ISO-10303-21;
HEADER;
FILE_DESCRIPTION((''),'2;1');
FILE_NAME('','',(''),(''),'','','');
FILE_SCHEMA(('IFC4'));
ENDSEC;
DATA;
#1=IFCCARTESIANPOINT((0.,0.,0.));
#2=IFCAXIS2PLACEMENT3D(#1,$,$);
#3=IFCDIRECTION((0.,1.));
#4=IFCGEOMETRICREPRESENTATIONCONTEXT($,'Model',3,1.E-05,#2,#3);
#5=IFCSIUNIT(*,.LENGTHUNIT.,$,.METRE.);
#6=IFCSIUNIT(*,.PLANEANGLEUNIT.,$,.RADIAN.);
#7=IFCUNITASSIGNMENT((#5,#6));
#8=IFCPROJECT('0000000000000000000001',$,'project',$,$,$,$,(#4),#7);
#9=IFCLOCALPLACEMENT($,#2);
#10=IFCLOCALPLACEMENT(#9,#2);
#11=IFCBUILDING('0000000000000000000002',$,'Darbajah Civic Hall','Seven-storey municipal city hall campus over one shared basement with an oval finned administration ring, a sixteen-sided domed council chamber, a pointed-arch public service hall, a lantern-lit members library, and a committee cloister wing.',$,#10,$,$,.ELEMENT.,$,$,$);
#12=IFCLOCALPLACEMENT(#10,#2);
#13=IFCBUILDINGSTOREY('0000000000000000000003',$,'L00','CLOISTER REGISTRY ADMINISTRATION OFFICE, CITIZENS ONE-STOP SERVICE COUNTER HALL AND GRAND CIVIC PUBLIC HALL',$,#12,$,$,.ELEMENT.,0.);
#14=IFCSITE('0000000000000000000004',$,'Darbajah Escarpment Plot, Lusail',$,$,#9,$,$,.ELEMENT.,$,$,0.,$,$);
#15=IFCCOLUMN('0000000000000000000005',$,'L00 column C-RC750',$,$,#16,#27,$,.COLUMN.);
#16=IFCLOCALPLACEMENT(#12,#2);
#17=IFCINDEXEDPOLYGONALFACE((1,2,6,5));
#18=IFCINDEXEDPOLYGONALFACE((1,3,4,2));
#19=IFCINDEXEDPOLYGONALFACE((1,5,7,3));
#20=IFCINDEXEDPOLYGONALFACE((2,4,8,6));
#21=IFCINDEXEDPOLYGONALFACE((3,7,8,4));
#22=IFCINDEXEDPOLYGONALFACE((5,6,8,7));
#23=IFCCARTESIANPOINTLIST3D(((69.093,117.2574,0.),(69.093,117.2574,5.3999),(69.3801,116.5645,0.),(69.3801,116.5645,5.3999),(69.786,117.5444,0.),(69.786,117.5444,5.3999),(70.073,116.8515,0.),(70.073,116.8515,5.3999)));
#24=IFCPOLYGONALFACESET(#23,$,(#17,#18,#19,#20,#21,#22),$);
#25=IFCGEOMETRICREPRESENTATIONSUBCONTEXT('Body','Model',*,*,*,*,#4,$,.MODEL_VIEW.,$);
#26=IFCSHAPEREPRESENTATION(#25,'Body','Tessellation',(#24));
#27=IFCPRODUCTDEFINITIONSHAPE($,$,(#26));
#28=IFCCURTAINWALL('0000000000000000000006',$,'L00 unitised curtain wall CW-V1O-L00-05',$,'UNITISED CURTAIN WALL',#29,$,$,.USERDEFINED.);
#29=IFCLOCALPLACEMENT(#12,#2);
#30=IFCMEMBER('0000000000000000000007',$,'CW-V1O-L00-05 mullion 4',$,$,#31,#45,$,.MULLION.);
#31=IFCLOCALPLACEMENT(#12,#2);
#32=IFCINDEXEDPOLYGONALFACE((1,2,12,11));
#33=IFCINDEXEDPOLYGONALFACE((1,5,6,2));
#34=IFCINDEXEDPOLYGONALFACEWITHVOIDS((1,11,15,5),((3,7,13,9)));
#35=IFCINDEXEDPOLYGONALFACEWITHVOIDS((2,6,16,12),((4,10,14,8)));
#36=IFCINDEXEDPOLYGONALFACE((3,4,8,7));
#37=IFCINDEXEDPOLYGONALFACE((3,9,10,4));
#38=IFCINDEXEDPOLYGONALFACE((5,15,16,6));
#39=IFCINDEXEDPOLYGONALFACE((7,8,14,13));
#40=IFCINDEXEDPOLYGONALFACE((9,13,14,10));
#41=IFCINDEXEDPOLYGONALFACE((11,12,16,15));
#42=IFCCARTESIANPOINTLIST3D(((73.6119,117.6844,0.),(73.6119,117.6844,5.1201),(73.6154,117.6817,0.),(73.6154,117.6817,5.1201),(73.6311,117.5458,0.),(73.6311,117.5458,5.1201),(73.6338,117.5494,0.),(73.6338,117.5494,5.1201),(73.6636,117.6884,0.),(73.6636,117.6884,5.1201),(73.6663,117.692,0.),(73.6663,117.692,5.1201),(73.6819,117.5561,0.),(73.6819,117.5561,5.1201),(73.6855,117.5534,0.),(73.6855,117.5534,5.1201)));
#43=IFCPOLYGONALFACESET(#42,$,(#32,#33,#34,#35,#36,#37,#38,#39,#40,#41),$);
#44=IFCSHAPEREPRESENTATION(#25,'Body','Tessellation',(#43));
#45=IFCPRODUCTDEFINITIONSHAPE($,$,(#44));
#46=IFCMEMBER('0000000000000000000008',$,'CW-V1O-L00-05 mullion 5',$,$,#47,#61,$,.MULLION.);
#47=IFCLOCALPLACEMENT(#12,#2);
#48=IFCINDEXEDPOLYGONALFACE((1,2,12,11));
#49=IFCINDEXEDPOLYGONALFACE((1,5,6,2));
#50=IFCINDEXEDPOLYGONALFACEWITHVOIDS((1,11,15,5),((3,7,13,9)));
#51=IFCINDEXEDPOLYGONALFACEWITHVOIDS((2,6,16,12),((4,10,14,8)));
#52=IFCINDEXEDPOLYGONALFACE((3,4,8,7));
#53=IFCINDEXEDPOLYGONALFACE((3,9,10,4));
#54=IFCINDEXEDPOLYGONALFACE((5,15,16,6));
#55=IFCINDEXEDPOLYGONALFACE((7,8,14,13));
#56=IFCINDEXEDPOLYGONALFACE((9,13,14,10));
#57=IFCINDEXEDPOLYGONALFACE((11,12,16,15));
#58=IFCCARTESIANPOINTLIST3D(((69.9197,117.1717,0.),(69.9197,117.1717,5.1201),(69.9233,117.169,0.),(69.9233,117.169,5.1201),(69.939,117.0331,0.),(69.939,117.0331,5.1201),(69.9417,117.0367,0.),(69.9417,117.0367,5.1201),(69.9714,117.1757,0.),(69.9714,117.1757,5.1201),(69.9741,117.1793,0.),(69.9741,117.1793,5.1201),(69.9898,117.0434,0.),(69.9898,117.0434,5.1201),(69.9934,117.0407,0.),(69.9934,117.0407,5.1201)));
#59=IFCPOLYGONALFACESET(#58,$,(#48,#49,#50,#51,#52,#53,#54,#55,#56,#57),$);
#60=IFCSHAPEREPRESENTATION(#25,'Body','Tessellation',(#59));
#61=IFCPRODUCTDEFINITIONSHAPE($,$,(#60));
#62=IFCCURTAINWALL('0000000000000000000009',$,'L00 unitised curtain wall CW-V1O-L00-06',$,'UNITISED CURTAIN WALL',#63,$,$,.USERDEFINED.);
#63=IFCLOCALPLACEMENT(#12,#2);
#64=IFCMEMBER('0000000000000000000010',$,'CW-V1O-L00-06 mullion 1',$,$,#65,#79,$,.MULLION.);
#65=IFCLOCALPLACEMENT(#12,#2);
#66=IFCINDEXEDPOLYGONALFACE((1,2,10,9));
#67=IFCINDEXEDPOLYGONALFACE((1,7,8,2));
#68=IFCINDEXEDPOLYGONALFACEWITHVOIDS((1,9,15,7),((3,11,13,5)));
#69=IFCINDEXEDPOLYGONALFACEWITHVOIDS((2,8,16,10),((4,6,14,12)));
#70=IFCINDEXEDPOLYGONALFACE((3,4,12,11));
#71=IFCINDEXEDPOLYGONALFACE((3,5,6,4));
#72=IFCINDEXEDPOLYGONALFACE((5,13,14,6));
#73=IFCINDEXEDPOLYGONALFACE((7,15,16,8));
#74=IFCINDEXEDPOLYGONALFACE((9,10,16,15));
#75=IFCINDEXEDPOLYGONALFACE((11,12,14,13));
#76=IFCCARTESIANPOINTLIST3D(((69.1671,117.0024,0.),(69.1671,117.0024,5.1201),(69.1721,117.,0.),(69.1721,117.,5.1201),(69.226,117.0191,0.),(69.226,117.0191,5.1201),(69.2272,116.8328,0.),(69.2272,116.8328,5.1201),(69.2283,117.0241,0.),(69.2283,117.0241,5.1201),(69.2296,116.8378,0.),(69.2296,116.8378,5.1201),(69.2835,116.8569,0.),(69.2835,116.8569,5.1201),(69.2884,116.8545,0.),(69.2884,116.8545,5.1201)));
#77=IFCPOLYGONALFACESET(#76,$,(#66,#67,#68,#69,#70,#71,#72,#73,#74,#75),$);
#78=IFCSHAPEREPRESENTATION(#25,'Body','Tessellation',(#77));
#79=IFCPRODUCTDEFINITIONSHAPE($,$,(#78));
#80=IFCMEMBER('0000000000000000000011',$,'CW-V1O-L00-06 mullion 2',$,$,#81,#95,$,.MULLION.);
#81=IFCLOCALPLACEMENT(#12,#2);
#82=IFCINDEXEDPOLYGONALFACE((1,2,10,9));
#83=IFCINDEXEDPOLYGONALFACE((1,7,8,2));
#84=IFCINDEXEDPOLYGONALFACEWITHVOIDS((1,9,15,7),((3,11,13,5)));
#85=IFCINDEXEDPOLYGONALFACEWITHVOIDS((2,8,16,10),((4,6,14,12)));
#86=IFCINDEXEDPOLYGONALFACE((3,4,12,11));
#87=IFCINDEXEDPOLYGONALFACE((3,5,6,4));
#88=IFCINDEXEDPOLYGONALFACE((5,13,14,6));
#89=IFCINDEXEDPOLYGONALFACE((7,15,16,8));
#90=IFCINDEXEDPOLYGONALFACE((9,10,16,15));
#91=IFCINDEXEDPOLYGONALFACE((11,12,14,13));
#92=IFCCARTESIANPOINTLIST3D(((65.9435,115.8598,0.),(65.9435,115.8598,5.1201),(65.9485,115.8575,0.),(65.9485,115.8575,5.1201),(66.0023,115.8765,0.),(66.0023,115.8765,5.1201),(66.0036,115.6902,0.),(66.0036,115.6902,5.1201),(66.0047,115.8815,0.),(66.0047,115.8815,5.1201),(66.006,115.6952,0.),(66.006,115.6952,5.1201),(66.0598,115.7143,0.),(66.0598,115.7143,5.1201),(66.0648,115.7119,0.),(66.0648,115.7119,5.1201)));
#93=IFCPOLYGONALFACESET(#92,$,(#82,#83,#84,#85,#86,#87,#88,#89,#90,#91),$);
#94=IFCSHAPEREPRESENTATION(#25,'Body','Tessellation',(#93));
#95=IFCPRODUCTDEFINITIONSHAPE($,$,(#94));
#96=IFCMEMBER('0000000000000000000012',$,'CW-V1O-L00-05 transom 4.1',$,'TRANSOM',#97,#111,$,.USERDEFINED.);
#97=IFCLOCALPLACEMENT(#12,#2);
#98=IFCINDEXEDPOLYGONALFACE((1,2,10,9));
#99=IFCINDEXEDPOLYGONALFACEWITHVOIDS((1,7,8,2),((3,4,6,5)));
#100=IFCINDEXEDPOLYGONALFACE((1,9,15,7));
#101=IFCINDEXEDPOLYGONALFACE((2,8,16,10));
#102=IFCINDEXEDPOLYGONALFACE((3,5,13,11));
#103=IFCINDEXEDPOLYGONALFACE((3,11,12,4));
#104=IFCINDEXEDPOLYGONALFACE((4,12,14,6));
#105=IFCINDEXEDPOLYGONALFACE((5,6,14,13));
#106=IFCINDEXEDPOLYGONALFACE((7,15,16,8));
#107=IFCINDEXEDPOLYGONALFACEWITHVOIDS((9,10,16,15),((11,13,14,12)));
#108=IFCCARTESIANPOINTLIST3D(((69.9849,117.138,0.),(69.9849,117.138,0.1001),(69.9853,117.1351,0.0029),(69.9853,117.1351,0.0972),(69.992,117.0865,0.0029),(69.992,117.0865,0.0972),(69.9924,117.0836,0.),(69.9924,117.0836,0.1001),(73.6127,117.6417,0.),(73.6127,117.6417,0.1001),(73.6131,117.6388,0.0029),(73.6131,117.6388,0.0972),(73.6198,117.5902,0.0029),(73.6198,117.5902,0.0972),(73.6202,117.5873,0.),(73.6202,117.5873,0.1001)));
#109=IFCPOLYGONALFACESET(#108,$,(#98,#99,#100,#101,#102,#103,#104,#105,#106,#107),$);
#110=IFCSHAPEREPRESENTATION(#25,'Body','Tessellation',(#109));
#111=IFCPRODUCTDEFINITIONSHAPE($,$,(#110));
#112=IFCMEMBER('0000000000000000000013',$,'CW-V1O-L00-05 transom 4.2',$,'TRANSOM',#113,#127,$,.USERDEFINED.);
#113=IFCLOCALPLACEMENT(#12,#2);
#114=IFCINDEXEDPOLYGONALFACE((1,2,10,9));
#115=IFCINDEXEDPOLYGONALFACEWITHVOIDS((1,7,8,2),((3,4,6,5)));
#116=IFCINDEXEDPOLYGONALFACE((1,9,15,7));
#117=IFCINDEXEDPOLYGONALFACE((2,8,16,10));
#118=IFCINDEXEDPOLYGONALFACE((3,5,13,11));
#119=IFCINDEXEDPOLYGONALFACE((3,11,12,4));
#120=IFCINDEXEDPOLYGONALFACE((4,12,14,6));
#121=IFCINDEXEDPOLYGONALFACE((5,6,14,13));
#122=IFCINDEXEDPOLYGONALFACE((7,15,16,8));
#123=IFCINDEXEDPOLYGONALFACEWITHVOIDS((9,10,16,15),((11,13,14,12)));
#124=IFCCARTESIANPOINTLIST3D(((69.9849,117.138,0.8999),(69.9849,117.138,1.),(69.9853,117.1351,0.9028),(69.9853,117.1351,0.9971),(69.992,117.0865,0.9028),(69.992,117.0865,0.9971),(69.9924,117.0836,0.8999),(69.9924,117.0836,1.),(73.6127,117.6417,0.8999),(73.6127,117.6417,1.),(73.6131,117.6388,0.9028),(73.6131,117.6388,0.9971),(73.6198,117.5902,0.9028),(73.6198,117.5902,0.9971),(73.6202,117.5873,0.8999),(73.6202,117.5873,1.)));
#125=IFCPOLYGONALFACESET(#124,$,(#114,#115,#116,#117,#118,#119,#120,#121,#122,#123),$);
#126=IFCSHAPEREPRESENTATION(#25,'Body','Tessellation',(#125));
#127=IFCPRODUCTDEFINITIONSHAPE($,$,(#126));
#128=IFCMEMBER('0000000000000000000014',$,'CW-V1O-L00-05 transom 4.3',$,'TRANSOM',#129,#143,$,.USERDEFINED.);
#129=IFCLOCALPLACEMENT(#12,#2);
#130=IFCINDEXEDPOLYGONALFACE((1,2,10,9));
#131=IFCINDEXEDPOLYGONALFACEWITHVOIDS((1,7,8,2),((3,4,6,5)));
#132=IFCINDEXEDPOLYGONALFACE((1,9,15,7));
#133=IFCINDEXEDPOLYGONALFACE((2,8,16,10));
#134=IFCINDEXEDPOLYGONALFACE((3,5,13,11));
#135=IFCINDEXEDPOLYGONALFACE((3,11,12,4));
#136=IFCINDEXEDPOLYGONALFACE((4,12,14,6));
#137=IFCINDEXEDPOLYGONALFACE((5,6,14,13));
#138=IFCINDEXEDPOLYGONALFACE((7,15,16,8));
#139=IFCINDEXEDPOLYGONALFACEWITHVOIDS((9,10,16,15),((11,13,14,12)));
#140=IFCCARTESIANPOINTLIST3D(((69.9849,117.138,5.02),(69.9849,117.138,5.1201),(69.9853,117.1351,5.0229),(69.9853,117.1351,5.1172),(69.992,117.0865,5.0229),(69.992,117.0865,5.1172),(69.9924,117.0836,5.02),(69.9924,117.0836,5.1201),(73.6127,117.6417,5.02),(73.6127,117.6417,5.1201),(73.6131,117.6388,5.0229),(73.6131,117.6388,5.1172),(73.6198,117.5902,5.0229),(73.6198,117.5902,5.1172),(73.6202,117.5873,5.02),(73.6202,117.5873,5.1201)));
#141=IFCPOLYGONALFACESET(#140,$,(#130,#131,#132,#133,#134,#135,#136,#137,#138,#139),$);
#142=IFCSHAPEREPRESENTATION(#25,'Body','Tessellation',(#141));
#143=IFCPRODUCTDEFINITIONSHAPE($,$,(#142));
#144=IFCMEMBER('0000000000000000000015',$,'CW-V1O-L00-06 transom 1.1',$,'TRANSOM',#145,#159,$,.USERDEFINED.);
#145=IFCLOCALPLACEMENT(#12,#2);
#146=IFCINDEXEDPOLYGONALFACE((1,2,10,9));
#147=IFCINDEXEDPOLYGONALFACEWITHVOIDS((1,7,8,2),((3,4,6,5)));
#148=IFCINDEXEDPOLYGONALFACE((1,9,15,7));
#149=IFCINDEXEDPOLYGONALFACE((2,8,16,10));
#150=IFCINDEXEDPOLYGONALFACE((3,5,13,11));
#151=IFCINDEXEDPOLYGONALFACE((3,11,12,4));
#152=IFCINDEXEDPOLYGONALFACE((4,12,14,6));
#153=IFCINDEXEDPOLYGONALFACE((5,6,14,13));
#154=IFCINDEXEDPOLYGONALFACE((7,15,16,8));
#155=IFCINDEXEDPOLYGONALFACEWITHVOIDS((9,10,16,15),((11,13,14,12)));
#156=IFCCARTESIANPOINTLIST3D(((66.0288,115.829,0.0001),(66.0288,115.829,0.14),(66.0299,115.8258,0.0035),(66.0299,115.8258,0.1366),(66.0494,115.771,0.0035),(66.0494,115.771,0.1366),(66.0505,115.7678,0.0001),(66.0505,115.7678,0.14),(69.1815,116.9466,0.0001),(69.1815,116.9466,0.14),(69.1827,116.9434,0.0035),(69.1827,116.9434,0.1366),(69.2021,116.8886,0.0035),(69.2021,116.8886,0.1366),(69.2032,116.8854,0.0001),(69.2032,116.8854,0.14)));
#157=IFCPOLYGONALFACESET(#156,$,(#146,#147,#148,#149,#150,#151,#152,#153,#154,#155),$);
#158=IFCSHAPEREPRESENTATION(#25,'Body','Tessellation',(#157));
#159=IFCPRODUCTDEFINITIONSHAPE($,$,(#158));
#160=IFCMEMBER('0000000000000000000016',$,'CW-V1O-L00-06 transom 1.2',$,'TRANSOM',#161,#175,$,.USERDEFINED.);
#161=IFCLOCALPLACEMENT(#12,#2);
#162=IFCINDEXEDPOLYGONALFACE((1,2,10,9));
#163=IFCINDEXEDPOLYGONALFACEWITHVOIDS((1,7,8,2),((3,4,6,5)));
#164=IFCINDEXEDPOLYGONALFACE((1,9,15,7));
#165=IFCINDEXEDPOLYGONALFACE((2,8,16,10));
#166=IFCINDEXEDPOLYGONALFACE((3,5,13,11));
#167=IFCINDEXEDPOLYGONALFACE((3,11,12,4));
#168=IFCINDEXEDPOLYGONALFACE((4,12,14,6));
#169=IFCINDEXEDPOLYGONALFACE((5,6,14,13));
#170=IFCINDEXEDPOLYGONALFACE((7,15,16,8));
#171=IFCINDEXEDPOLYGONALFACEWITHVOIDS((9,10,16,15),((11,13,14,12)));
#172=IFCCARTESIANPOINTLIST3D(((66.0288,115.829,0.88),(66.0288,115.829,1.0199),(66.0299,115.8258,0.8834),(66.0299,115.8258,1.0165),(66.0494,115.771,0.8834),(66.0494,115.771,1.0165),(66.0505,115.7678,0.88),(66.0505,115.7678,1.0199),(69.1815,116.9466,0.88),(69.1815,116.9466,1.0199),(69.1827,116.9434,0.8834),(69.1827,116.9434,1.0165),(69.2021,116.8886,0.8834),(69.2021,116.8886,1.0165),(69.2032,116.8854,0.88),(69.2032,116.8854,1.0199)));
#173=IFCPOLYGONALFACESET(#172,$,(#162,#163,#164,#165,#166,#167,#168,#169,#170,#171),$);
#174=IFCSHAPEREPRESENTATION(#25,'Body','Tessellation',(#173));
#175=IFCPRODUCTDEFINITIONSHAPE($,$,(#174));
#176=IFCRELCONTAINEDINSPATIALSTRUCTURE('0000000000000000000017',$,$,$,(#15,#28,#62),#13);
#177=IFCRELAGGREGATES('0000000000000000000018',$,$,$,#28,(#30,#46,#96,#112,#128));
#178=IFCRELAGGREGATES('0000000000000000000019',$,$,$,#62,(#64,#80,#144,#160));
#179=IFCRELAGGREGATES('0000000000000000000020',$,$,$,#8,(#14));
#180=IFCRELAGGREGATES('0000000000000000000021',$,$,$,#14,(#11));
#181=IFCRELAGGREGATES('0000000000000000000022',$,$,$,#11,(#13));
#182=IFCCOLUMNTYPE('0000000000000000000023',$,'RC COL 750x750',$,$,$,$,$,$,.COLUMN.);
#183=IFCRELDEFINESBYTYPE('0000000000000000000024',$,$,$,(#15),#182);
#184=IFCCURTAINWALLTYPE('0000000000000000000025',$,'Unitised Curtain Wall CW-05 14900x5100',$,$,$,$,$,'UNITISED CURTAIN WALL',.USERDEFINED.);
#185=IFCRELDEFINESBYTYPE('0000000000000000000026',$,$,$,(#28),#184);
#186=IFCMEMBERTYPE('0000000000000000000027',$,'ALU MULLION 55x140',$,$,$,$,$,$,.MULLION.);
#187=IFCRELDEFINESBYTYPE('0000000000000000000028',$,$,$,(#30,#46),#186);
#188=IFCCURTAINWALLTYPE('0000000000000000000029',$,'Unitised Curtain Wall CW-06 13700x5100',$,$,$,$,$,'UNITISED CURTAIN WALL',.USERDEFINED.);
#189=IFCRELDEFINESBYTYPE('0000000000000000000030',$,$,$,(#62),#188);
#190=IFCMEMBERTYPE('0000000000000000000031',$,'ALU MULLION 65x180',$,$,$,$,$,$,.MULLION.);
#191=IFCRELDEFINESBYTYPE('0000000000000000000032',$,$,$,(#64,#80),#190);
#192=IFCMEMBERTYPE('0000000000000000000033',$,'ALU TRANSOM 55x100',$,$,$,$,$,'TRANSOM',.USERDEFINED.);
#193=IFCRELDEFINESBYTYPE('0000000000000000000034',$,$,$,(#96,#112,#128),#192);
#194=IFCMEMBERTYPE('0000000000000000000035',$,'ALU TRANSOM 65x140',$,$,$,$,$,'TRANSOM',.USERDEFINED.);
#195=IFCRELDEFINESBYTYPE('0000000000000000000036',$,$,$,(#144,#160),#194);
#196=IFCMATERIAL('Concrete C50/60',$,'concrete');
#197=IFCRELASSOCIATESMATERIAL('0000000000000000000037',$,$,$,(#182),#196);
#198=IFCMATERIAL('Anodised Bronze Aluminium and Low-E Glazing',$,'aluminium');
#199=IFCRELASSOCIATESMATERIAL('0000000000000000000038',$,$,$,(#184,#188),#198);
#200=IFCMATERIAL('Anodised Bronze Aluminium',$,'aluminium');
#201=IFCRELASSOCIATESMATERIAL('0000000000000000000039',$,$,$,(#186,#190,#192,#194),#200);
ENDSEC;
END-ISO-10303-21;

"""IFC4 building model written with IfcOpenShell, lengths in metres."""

from ifc_helpers import new_model, si_unit, direction, frame, origin, origin_2d, place, context, subcontext, project, spatial, rectangle, hollow_rectangle, extrude, material, material_profile, profile_set, type_object, element, aggregate, save


model = new_model("IFC4")

# Units and contexts
model_context = context("Model", 3, precision=1e-05, world=origin(), true_north=direction((0.0, 1.0)))
body_context = subcontext(model_context, "Body", "Model", "MODEL_VIEW")
ifc_project = project(units=[si_unit("LENGTHUNIT", "METRE"), si_unit("PLANEANGLEUNIT", "RADIAN")], contexts=[model_context])

# Site, building, storey
site_placement = place(None, origin())
site = spatial("IfcSite", under=ifc_project, at=site_placement, Name="Darbajah Escarpment Plot, Lusail", CompositionType="ELEMENT", RefElevation=0.0)
building_placement = place(site_placement, origin())
building = spatial("IfcBuilding", under=site, at=building_placement, Name="Darbajah Civic Hall", Description="Seven-storey municipal city hall campus over one shared basement with an oval finned administration ring, a sixteen-sided domed council chamber, a pointed-arch public service hall, a lantern-lit members library, and a committee cloister wing.", CompositionType="ELEMENT")
storey_placement = place(building_placement, origin())
storey = spatial("IfcBuildingStorey", under=building, at=storey_placement, Name="L00", Description="CLOISTER REGISTRY ADMINISTRATION OFFICE, CITIZENS ONE-STOP SERVICE COUNTER HALL AND GRAND CIVIC PUBLIC HALL", CompositionType="ELEMENT", Elevation=0.0)

# Column
ifc_material_1 = material(Name="Concrete C50/60", Category="concrete")
ifc_material_profile_1 = material_profile(ifc_material_1, rectangle(XDim=0.75, YDim=0.75, at=origin_2d()), Name="RC COL 750x750")
ifc_profile_set_1 = profile_set([ifc_material_profile_1], Name="Concrete C50/60")
column_type = type_object("IfcColumnType", Name="RC COL 750x750", PredefinedType="COLUMN", material=ifc_profile_set_1)
column_placement = place(storey_placement, frame((69.583, 117.0544, 0.0), z_axis=(0.0, 0.0, 1.0), x_axis=(-0.382683, 0.92388, 0.0)))
element("IfcColumn", 1, at=column_placement, inside=storey, type_object=column_type, Name="L00 column C-RC750", PredefinedType="COLUMN", context=body_context, shape_type="SweptSolid", body=[
    extrude(rectangle(XDim=0.75, YDim=0.75, at=origin_2d()), origin(), (0.0, 0.0, 1.0), 5.3999),
])

# Curtain walls, members
ifc_material_2 = material(Name="Anodised Bronze Aluminium and Low-E Glazing", Category="aluminium")
curtain_wall_type_1 = type_object("IfcCurtainWallType", Name="Unitised Curtain Wall CW-05 14900x5100", ElementType="UNITISED CURTAIN WALL", PredefinedType="USERDEFINED", material=ifc_material_2)
curtain_wall_1_placement = place(storey_placement, origin())
curtain_wall_1 = element("IfcCurtainWall", 2, at=curtain_wall_1_placement, inside=storey, type_object=curtain_wall_type_1, Name="L00 unitised curtain wall CW-V1O-L00-05", ObjectType="UNITISED CURTAIN WALL", PredefinedType="USERDEFINED")
ifc_material_3 = material(Name="Anodised Bronze Aluminium", Category="aluminium")
ifc_material_profile_2 = material_profile(ifc_material_3, hollow_rectangle(XDim=0.0549, YDim=0.1399, WallThickness=0.0032, at=origin_2d()), Name="ALU MULLION 55x140")
ifc_profile_set_2 = profile_set([ifc_material_profile_2], Name="Anodised Bronze Aluminium")
member_type_1 = type_object("IfcMemberType", Name="ALU MULLION 55x140", PredefinedType="MULLION", material=ifc_profile_set_2)
member_1_placement = place(storey_placement, frame((73.6487, 117.6189, 0.0), z_axis=(0.0, 0.0, 1.0), x_axis=(-0.990485, -0.137617, 0.0)))
member_1 = element("IfcMember", 3, at=member_1_placement, type_object=member_type_1, Name="CW-V1O-L00-05 mullion 4", PredefinedType="MULLION", context=body_context, shape_type="SweptSolid", body=[
    extrude(hollow_rectangle(XDim=0.0549, YDim=0.1399, WallThickness=0.0032, at=origin_2d()), origin(), (0.0, 0.0, 1.0), 5.1201),
])
member_2_placement = place(storey_placement, frame((69.9565, 117.1062, 0.0), z_axis=(0.0, 0.0, 1.0), x_axis=(-0.990485, -0.137617, 0.0)))
member_2 = element("IfcMember", 4, at=member_2_placement, type_object=member_type_1, Name="CW-V1O-L00-05 mullion 5", PredefinedType="MULLION", context=body_context, shape_type="SweptSolid", body=[
    extrude(hollow_rectangle(XDim=0.0549, YDim=0.1399, WallThickness=0.0032, at=origin_2d()), origin(), (0.0, 0.0, 1.0), 5.1201),
])
curtain_wall_type_2 = type_object("IfcCurtainWallType", Name="Unitised Curtain Wall CW-06 13700x5100", ElementType="UNITISED CURTAIN WALL", PredefinedType="USERDEFINED", material=ifc_material_2)
curtain_wall_2_placement = place(storey_placement, origin())
curtain_wall_2 = element("IfcCurtainWall", 5, at=curtain_wall_2_placement, inside=storey, type_object=curtain_wall_type_2, Name="L00 unitised curtain wall CW-V1O-L00-06", ObjectType="UNITISED CURTAIN WALL", PredefinedType="USERDEFINED")
ifc_material_profile_3 = material_profile(ifc_material_3, hollow_rectangle(XDim=0.0649, YDim=0.1799, WallThickness=0.0039, at=origin_2d()), Name="ALU MULLION 65x180")
ifc_profile_set_3 = profile_set([ifc_material_profile_3], Name="Anodised Bronze Aluminium")
member_type_2 = type_object("IfcMemberType", Name="ALU MULLION 65x180", PredefinedType="MULLION", material=ifc_profile_set_3)
member_3_placement = place(storey_placement, frame((69.2278, 116.9285, 0.0), z_axis=(0.0, 0.0, 1.0), x_axis=(-0.942525, -0.334136, 0.0)))
member_3 = element("IfcMember", 6, at=member_3_placement, type_object=member_type_2, Name="CW-V1O-L00-06 mullion 1", PredefinedType="MULLION", context=body_context, shape_type="SweptSolid", body=[
    extrude(hollow_rectangle(XDim=0.0649, YDim=0.1799, WallThickness=0.0039, at=origin_2d()), origin(), (0.0, 0.0, 1.0), 5.1201),
])
member_4_placement = place(storey_placement, frame((66.0042, 115.7859, 0.0), z_axis=(0.0, 0.0, 1.0), x_axis=(-0.942525, -0.334136, 0.0)))
member_4 = element("IfcMember", 7, at=member_4_placement, type_object=member_type_2, Name="CW-V1O-L00-06 mullion 2", PredefinedType="MULLION", context=body_context, shape_type="SweptSolid", body=[
    extrude(hollow_rectangle(XDim=0.0649, YDim=0.1799, WallThickness=0.0039, at=origin_2d()), origin(), (0.0, 0.0, 1.0), 5.1201),
])

# Members
ifc_material_profile_4 = material_profile(ifc_material_3, hollow_rectangle(XDim=0.0549, YDim=0.1001, WallThickness=0.0029, at=origin_2d()), Name="ALU TRANSOM 55x100")
ifc_profile_set_4 = profile_set([ifc_material_profile_4], Name="Anodised Bronze Aluminium")
member_type_3 = type_object("IfcMemberType", Name="ALU TRANSOM 55x100", ElementType="TRANSOM", PredefinedType="USERDEFINED", material=ifc_profile_set_4)
member_5_placement = place(storey_placement, frame((73.6165, 117.6145, 0.05), z_axis=(-0.990499, -0.137519, 0.0), x_axis=(0.137519, -0.990499, 0.0)))
member_5 = element("IfcMember", 8, at=member_5_placement, type_object=member_type_3, Name="CW-V1O-L00-05 transom 4.1", ObjectType="TRANSOM", PredefinedType="USERDEFINED", context=body_context, shape_type="SweptSolid", body=[
    extrude(hollow_rectangle(XDim=0.0549, YDim=0.1001, WallThickness=0.0029, at=origin_2d()), origin(), (0.0, 0.0, 1.0), 3.6626),
])
member_6_placement = place(storey_placement, frame((73.6165, 117.6145, 0.95), z_axis=(-0.990499, -0.137519, 0.0), x_axis=(0.137519, -0.990499, 0.0)))
member_6 = element("IfcMember", 9, at=member_6_placement, type_object=member_type_3, Name="CW-V1O-L00-05 transom 4.2", ObjectType="TRANSOM", PredefinedType="USERDEFINED", context=body_context, shape_type="SweptSolid", body=[
    extrude(hollow_rectangle(XDim=0.0549, YDim=0.1001, WallThickness=0.0029, at=origin_2d()), origin(), (0.0, 0.0, 1.0), 3.6626),
])
member_7_placement = place(storey_placement, frame((73.6165, 117.6145, 5.0701), z_axis=(-0.990499, -0.137519, 0.0), x_axis=(0.137519, -0.990499, 0.0)))
member_7 = element("IfcMember", 10, at=member_7_placement, type_object=member_type_3, Name="CW-V1O-L00-05 transom 4.3", ObjectType="TRANSOM", PredefinedType="USERDEFINED", context=body_context, shape_type="SweptSolid", body=[
    extrude(hollow_rectangle(XDim=0.0549, YDim=0.1001, WallThickness=0.0029, at=origin_2d()), origin(), (0.0, 0.0, 1.0), 3.6626),
])
ifc_material_profile_5 = material_profile(ifc_material_3, hollow_rectangle(XDim=0.0649, YDim=0.1399, WallThickness=0.0034, at=origin_2d()), Name="ALU TRANSOM 65x140")
ifc_profile_set_5 = profile_set([ifc_material_profile_5], Name="Anodised Bronze Aluminium")
member_type_4 = type_object("IfcMemberType", Name="ALU TRANSOM 65x140", ElementType="TRANSOM", PredefinedType="USERDEFINED", material=ifc_profile_set_5)
member_8_placement = place(storey_placement, frame((69.1924, 116.916, 0.0701), z_axis=(-0.942529, -0.334125, 0.0), x_axis=(0.334125, -0.942529, 0.0)))
member_8 = element("IfcMember", 11, at=member_8_placement, type_object=member_type_4, Name="CW-V1O-L00-06 transom 1.1", ObjectType="TRANSOM", PredefinedType="USERDEFINED", context=body_context, shape_type="SweptSolid", body=[
    extrude(hollow_rectangle(XDim=0.0649, YDim=0.1399, WallThickness=0.0034, at=origin_2d()), origin(), (0.0, 0.0, 1.0), 3.345),
])
member_9_placement = place(storey_placement, frame((69.1924, 116.916, 0.95), z_axis=(-0.942529, -0.334125, 0.0), x_axis=(0.334125, -0.942529, 0.0)))
member_9 = element("IfcMember", 12, at=member_9_placement, type_object=member_type_4, Name="CW-V1O-L00-06 transom 1.2", ObjectType="TRANSOM", PredefinedType="USERDEFINED", context=body_context, shape_type="SweptSolid", body=[
    extrude(hollow_rectangle(XDim=0.0649, YDim=0.1399, WallThickness=0.0034, at=origin_2d()), origin(), (0.0, 0.0, 1.0), 3.345),
])

aggregate(curtain_wall_1, [member_1, member_2, member_5, member_6, member_7])
aggregate(curtain_wall_2, [member_3, member_4, member_8, member_9])

save(model, "model.ifc")
